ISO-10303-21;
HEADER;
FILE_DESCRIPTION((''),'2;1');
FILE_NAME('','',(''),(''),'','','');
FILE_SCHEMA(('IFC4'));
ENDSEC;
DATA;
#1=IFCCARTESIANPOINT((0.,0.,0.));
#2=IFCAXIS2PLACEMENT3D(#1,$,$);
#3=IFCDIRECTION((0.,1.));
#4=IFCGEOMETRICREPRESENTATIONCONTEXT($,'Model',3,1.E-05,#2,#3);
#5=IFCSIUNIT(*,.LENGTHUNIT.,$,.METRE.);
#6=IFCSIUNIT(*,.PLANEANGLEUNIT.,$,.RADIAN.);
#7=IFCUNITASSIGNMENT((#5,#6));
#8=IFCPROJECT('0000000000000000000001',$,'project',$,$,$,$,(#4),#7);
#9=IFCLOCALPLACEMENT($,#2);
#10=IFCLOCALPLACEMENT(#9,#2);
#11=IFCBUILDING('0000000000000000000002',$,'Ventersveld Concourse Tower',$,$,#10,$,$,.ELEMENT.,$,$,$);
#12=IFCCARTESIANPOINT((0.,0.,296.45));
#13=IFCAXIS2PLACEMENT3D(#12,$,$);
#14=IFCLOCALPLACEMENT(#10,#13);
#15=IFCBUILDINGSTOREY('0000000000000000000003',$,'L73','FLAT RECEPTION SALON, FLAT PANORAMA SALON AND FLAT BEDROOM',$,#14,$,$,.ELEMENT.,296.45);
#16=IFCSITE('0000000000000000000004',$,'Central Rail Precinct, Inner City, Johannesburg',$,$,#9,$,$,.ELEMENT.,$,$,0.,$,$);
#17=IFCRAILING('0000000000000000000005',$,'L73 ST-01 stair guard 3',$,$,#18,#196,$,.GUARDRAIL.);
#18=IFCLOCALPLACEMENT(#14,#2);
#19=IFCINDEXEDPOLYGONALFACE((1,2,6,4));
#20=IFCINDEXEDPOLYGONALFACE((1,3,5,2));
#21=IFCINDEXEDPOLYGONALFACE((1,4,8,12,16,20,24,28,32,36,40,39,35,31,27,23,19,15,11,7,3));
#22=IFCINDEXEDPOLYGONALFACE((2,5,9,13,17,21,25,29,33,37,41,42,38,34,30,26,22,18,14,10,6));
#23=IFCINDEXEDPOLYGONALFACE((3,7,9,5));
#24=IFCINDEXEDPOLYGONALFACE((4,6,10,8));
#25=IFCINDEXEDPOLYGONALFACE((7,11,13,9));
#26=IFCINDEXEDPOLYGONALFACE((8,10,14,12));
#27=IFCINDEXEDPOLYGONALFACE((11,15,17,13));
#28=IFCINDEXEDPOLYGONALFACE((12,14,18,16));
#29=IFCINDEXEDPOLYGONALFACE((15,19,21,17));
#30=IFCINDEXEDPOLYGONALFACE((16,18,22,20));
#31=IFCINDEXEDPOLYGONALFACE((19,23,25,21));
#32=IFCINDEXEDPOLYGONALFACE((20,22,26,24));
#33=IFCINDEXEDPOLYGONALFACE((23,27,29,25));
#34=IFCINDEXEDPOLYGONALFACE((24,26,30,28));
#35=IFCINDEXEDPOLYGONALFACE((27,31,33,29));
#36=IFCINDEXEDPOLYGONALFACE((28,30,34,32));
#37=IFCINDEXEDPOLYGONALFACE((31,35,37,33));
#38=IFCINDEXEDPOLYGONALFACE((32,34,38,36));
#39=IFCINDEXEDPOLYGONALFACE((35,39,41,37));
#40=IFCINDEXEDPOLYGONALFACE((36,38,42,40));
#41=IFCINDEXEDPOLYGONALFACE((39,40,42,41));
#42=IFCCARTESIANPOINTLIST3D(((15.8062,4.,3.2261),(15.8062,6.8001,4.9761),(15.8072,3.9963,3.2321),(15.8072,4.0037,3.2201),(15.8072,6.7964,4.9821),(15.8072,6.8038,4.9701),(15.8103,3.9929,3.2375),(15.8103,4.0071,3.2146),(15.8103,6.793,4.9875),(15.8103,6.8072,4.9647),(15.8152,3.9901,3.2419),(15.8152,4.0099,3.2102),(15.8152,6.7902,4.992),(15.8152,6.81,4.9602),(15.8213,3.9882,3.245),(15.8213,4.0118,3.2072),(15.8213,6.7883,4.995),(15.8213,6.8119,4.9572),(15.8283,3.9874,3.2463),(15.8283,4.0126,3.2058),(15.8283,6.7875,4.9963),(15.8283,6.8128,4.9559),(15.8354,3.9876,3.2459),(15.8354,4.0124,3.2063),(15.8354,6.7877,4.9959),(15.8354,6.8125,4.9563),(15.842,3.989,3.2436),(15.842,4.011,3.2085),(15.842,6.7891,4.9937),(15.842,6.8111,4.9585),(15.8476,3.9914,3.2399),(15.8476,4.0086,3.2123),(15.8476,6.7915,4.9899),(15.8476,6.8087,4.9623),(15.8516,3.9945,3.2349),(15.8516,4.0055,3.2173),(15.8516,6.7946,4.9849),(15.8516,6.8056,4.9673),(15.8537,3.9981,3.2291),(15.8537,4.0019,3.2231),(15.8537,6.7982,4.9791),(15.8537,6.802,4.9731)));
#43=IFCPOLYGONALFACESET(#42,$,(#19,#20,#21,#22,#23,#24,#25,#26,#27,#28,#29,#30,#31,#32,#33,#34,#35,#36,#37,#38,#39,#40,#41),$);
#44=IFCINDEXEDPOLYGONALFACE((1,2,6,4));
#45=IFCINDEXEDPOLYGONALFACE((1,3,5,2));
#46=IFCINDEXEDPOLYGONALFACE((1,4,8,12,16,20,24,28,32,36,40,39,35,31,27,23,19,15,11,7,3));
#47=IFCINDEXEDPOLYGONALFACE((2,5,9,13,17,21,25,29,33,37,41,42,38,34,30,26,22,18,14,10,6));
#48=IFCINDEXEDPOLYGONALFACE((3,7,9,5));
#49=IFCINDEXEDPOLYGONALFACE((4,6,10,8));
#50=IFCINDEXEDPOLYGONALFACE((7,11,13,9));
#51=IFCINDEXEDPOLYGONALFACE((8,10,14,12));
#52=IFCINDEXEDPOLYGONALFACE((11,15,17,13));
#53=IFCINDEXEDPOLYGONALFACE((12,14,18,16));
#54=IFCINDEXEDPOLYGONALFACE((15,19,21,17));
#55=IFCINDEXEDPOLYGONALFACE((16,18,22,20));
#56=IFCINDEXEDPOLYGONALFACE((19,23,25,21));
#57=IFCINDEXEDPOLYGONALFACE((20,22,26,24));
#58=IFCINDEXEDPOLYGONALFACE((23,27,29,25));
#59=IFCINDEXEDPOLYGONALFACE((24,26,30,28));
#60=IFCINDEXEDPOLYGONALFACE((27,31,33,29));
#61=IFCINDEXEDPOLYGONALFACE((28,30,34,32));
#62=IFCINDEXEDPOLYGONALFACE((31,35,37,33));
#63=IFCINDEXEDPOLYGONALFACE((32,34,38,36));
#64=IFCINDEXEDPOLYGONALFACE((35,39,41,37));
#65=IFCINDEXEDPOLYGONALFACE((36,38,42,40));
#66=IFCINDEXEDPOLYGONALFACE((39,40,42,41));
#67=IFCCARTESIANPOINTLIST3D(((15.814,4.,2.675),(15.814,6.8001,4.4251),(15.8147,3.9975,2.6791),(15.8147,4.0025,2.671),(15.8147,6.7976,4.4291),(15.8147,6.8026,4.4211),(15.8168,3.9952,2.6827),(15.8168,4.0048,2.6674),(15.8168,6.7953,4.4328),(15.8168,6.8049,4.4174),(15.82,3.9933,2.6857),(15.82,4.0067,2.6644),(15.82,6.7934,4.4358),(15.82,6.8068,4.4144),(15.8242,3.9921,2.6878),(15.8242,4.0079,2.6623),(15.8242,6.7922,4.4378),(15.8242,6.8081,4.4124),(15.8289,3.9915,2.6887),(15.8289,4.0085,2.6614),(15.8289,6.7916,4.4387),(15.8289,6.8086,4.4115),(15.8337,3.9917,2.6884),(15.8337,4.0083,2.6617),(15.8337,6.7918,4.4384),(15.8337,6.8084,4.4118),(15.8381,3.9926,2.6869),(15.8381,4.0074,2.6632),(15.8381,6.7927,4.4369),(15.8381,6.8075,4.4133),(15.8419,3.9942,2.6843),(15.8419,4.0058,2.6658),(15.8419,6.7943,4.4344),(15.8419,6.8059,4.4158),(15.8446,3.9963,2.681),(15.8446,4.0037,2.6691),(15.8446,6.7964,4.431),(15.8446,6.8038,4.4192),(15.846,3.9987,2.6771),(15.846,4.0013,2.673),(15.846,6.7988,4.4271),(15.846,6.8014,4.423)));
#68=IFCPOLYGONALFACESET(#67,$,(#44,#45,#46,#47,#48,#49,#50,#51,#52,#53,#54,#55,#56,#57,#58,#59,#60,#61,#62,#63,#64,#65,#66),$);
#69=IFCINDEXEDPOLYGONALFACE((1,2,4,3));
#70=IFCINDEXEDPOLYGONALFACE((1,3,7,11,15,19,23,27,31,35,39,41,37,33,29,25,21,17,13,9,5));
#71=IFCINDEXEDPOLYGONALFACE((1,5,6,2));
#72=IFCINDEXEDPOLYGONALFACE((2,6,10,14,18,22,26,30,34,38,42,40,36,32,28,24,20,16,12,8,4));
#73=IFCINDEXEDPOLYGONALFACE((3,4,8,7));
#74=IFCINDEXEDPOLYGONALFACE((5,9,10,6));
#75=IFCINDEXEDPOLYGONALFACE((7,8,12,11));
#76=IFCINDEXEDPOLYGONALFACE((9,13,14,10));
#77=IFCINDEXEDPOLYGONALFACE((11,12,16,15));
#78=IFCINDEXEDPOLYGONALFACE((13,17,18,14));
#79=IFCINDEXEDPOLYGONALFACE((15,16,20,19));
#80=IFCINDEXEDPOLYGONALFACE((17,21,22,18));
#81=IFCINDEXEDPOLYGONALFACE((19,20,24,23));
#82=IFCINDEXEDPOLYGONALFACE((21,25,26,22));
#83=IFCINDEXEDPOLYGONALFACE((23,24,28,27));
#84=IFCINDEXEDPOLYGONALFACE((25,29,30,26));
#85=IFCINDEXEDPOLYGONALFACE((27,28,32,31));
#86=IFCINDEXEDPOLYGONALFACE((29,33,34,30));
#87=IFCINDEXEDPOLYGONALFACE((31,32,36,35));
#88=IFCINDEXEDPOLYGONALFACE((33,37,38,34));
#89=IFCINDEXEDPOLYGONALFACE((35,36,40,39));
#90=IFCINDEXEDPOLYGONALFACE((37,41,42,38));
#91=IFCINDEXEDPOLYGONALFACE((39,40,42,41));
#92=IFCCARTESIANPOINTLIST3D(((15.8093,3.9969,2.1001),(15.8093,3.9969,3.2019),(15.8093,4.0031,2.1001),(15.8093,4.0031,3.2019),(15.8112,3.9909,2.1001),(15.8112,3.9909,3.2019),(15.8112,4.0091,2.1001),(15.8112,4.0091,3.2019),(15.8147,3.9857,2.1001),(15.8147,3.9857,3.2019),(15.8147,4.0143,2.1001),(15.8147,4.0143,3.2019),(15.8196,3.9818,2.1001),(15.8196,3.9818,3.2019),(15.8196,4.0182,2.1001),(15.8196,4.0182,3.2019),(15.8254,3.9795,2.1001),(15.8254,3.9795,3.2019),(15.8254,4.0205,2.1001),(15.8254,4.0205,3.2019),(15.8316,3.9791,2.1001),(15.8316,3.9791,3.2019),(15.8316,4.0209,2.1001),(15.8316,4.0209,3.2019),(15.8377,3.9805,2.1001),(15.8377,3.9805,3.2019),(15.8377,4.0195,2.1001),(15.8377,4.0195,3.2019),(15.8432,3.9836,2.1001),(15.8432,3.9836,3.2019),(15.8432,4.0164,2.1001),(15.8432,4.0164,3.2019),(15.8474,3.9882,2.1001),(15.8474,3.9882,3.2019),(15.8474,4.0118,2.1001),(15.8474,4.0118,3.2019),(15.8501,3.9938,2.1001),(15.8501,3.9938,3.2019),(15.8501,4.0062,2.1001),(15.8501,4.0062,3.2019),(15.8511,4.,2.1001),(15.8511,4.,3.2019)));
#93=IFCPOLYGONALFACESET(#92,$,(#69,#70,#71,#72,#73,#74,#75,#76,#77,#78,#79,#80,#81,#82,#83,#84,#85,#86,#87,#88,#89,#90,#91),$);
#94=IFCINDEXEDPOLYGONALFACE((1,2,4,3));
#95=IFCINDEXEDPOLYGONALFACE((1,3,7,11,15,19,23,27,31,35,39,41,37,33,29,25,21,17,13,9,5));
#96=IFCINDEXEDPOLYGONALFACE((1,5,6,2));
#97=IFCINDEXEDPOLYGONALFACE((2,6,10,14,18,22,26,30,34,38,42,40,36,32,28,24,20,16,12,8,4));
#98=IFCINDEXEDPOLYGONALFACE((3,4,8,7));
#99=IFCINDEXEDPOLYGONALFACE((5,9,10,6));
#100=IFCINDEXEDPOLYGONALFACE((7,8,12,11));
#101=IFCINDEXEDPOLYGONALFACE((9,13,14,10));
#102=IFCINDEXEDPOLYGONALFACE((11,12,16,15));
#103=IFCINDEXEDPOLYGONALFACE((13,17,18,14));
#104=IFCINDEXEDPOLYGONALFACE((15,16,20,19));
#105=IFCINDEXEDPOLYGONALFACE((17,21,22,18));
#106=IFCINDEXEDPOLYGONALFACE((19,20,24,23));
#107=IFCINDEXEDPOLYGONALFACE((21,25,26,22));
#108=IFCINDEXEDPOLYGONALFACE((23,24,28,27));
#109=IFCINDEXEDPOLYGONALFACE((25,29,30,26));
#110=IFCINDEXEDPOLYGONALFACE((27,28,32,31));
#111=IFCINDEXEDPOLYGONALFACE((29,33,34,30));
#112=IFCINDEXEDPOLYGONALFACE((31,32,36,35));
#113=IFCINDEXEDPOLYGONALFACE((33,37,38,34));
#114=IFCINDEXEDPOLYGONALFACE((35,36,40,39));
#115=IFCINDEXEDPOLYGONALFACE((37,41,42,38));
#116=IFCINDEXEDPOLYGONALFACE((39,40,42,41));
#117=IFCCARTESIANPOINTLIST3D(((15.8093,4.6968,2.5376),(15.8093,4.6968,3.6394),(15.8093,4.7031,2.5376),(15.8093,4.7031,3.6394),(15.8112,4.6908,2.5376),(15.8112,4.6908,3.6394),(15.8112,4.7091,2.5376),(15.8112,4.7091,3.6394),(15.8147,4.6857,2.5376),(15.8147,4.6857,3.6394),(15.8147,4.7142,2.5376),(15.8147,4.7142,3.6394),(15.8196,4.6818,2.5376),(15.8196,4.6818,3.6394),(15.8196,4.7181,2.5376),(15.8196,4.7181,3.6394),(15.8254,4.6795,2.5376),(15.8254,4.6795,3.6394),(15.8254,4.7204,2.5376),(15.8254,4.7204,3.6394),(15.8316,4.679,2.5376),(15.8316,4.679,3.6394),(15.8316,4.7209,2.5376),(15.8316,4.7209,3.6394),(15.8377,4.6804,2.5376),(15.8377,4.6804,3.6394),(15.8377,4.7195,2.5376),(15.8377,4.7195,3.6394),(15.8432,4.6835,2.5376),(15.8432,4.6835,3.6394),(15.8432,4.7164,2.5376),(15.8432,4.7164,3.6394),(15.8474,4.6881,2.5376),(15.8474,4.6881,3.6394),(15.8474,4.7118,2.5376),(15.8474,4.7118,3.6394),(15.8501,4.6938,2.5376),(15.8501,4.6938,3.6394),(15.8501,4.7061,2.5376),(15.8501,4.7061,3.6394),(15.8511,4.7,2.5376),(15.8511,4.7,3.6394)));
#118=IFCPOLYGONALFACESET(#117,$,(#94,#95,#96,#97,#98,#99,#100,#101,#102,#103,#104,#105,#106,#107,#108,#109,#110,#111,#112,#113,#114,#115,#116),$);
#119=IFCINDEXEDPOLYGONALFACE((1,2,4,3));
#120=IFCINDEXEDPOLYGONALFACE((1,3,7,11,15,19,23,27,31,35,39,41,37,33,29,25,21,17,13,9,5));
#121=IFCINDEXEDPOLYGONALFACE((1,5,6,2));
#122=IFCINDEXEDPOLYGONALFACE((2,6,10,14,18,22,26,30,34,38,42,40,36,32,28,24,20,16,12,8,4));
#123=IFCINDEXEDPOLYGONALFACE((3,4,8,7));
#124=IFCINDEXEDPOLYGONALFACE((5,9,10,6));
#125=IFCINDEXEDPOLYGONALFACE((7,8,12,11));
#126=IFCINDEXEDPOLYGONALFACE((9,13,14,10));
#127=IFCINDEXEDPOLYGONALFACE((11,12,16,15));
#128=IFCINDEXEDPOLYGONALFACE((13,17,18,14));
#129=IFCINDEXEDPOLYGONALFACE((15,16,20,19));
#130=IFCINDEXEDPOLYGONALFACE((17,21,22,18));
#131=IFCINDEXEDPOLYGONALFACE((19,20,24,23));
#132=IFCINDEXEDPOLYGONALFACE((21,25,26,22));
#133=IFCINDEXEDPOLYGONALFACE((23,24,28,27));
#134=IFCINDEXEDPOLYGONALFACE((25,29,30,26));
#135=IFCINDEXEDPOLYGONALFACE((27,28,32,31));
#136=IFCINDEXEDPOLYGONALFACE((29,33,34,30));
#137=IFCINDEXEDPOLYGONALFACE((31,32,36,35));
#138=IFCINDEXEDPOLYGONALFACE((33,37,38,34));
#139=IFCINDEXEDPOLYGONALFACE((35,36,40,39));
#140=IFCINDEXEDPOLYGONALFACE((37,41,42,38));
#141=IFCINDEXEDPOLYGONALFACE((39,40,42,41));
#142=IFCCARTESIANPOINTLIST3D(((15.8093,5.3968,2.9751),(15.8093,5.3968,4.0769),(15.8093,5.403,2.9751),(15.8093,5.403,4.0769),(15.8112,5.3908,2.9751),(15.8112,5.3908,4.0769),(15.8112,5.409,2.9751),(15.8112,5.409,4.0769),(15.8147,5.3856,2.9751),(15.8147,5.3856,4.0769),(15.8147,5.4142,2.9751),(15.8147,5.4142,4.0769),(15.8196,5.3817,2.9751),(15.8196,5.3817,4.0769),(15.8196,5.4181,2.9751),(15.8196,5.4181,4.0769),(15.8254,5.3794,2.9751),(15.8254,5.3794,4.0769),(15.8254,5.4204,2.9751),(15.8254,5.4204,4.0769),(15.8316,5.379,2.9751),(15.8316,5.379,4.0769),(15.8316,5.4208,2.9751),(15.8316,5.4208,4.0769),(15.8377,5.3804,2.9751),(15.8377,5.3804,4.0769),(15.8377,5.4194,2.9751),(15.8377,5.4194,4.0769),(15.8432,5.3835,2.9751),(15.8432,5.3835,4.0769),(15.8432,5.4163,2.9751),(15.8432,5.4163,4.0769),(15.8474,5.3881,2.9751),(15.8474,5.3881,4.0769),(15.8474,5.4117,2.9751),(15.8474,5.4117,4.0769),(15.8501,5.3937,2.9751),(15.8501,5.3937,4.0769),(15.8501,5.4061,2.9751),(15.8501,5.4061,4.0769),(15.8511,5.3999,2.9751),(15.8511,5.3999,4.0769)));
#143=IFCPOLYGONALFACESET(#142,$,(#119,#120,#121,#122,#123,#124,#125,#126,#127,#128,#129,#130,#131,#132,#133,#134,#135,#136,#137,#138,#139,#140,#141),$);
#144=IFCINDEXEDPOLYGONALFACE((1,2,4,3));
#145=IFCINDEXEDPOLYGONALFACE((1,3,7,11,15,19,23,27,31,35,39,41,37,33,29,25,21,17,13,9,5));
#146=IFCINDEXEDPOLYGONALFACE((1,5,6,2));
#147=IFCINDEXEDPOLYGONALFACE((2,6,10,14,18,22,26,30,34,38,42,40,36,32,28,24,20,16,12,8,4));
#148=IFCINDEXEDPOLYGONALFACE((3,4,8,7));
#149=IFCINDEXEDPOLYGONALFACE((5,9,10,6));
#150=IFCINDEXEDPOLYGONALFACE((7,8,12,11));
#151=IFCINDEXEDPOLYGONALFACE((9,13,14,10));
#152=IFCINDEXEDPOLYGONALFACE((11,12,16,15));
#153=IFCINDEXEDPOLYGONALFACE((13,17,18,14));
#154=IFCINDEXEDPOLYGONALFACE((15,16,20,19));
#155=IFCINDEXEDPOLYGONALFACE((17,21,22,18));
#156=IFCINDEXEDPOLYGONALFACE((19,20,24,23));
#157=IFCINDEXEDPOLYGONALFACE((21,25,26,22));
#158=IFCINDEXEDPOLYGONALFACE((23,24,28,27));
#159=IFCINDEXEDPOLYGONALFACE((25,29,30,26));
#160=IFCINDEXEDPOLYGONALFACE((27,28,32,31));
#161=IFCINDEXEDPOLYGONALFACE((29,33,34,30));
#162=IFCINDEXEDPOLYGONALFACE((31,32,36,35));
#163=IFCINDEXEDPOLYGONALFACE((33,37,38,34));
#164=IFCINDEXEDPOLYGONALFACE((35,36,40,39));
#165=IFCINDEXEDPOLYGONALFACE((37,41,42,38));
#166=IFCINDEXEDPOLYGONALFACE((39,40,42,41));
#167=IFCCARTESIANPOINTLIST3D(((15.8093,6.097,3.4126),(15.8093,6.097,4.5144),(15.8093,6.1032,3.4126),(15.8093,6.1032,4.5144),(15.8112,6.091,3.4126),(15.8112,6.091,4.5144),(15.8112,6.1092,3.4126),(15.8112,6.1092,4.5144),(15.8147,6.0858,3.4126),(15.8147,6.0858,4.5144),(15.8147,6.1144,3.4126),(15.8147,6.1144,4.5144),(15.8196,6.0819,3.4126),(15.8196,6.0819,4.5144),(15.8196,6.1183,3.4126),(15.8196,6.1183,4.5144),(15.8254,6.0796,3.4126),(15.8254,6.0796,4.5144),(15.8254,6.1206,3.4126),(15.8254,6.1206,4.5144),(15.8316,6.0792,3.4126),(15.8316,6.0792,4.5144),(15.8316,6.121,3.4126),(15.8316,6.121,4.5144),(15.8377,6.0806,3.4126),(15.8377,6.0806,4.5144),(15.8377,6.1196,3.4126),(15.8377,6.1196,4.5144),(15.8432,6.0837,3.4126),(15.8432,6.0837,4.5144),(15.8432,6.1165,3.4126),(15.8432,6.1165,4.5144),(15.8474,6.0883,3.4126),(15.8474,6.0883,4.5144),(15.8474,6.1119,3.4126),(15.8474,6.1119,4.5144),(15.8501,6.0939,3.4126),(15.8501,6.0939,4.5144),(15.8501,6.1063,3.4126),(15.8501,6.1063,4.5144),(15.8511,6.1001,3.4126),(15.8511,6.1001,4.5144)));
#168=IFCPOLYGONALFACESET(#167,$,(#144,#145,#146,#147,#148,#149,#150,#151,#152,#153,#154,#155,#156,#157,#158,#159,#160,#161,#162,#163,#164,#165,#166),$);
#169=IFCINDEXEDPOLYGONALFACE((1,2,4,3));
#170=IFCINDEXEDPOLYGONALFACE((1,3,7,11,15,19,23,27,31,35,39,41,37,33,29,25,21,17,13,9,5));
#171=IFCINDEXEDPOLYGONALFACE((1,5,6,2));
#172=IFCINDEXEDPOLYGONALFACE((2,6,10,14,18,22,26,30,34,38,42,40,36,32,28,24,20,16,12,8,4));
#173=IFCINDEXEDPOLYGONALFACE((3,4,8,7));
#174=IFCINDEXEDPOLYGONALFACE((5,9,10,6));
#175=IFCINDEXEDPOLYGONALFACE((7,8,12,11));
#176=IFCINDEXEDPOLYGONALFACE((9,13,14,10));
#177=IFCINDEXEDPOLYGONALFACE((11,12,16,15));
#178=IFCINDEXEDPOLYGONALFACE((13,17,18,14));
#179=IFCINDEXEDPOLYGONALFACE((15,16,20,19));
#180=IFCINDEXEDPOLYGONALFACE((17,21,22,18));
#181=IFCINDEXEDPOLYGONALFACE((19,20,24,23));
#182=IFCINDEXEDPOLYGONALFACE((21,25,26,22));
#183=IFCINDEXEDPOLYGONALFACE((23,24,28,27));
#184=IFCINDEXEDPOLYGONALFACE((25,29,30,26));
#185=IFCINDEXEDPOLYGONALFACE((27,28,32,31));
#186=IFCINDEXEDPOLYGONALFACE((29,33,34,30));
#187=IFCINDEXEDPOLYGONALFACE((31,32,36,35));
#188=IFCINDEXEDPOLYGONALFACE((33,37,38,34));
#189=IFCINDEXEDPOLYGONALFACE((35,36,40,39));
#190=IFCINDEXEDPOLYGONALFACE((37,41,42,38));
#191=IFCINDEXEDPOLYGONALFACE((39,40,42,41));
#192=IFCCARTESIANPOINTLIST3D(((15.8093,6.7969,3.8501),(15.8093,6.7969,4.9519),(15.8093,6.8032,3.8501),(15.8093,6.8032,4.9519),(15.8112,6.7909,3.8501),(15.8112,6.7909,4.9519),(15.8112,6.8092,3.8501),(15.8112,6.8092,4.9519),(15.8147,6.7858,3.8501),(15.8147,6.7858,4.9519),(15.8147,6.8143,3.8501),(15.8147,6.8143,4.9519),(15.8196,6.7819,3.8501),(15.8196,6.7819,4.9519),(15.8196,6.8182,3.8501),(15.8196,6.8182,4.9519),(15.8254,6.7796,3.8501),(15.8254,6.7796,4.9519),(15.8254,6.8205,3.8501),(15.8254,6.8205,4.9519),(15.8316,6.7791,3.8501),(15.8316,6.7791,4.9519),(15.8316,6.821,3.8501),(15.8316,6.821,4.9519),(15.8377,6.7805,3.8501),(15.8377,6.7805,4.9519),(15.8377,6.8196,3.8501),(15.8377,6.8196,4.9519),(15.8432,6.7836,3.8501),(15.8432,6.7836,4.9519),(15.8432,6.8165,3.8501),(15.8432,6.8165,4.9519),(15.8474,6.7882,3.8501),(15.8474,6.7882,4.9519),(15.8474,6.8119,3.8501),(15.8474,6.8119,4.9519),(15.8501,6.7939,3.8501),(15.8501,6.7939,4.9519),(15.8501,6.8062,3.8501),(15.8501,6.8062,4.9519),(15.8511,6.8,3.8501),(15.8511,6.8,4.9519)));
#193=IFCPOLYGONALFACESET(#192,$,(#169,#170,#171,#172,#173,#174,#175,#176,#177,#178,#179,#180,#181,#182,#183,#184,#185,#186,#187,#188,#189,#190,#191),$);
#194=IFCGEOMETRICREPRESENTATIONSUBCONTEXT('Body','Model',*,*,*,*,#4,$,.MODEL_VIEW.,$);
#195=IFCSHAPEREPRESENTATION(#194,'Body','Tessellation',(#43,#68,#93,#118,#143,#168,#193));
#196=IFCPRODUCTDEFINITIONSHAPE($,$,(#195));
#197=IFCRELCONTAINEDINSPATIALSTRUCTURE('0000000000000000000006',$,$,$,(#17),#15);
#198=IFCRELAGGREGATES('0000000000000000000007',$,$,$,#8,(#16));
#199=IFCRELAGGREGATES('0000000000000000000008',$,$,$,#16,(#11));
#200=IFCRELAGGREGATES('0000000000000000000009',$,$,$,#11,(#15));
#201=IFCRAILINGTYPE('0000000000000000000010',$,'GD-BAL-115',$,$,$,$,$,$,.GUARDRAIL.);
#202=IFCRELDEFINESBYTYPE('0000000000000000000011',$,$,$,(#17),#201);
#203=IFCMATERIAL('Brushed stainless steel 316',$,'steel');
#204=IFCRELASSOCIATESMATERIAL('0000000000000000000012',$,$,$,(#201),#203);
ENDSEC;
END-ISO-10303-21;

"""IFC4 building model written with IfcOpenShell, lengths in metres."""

from ifc_helpers import new_model, si_unit, direction, frame, origin, origin_2d, place, context, subcontext, project, spatial, circle, extrude, material, type_object, element, save


model = new_model("IFC4")

# Units and contexts
model_context = context("Model", 3, precision=1e-05, world=origin(), true_north=direction((0.0, 1.0)))
body_context = subcontext(model_context, "Body", "Model", "MODEL_VIEW")
ifc_project = project(units=[si_unit("LENGTHUNIT", "METRE"), si_unit("PLANEANGLEUNIT", "RADIAN")], contexts=[model_context])

# Site, building, storey
site_placement = place(None, origin())
site = spatial("IfcSite", under=ifc_project, at=site_placement, Name="Central Rail Precinct, Inner City, Johannesburg", CompositionType="ELEMENT", RefElevation=0.0)
building_placement = place(site_placement, origin())
building = spatial("IfcBuilding", under=site, at=building_placement, Name="Ventersveld Concourse Tower", CompositionType="ELEMENT")
storey_placement = place(building_placement, frame((0.0, 0.0, 296.45)))
storey = spatial("IfcBuildingStorey", under=building, at=storey_placement, Name="L73", Description="FLAT RECEPTION SALON, FLAT PANORAMA SALON AND FLAT BEDROOM", CompositionType="ELEMENT", Elevation=296.45)

# Railing
ifc_material_1 = material(Name="Brushed stainless steel 316", Category="steel")
railing_type_1 = type_object("IfcRailingType", Name="GD-BAL-115", PredefinedType="GUARDRAIL", material=ifc_material_1)
railing_1_placement = place(storey_placement, frame((15.8301, 4.0, 2.1001)))
element("IfcRailing", 1, at=railing_1_placement, inside=storey, type_object=railing_type_1, Name="L73 ST-01 stair guard 3", PredefinedType="GUARDRAIL", context=body_context, shape_type="SweptSolid", body=[
    extrude(circle(Radius=0.0239, at=origin_2d()), frame((0.0, 0.0, 1.126), z_axis=(0.0, 0.848002, 0.529992), x_axis=(-1.0, 0.0, 0.0)), (0.0, 0.0, 1.0), 3.302),
    extrude(circle(Radius=0.0161, at=origin_2d()), frame((0.0, 0.0, 0.575), z_axis=(0.0, 0.848002, 0.529992), x_axis=(-1.0, 0.0, 0.0)), (0.0, 0.0, 1.0), 3.302),
    extrude(circle(Radius=0.021, at=origin_2d()), origin(), (0.0, 0.0, 1.0), 1.1018),
    extrude(circle(Radius=0.021, at=origin_2d()), frame((0.0, 0.7, 0.4375)), (0.0, 0.0, 1.0), 1.1018),
    extrude(circle(Radius=0.021, at=origin_2d()), frame((0.0, 1.3999, 0.875)), (0.0, 0.0, 1.0), 1.1018),
    extrude(circle(Radius=0.021, at=origin_2d()), frame((0.0, 2.1001, 1.3125)), (0.0, 0.0, 1.0), 1.1018),
    extrude(circle(Radius=0.021, at=origin_2d()), frame((0.0, 2.8, 1.75)), (0.0, 0.0, 1.0), 1.1018),
])

save(model, "model.ifc")
